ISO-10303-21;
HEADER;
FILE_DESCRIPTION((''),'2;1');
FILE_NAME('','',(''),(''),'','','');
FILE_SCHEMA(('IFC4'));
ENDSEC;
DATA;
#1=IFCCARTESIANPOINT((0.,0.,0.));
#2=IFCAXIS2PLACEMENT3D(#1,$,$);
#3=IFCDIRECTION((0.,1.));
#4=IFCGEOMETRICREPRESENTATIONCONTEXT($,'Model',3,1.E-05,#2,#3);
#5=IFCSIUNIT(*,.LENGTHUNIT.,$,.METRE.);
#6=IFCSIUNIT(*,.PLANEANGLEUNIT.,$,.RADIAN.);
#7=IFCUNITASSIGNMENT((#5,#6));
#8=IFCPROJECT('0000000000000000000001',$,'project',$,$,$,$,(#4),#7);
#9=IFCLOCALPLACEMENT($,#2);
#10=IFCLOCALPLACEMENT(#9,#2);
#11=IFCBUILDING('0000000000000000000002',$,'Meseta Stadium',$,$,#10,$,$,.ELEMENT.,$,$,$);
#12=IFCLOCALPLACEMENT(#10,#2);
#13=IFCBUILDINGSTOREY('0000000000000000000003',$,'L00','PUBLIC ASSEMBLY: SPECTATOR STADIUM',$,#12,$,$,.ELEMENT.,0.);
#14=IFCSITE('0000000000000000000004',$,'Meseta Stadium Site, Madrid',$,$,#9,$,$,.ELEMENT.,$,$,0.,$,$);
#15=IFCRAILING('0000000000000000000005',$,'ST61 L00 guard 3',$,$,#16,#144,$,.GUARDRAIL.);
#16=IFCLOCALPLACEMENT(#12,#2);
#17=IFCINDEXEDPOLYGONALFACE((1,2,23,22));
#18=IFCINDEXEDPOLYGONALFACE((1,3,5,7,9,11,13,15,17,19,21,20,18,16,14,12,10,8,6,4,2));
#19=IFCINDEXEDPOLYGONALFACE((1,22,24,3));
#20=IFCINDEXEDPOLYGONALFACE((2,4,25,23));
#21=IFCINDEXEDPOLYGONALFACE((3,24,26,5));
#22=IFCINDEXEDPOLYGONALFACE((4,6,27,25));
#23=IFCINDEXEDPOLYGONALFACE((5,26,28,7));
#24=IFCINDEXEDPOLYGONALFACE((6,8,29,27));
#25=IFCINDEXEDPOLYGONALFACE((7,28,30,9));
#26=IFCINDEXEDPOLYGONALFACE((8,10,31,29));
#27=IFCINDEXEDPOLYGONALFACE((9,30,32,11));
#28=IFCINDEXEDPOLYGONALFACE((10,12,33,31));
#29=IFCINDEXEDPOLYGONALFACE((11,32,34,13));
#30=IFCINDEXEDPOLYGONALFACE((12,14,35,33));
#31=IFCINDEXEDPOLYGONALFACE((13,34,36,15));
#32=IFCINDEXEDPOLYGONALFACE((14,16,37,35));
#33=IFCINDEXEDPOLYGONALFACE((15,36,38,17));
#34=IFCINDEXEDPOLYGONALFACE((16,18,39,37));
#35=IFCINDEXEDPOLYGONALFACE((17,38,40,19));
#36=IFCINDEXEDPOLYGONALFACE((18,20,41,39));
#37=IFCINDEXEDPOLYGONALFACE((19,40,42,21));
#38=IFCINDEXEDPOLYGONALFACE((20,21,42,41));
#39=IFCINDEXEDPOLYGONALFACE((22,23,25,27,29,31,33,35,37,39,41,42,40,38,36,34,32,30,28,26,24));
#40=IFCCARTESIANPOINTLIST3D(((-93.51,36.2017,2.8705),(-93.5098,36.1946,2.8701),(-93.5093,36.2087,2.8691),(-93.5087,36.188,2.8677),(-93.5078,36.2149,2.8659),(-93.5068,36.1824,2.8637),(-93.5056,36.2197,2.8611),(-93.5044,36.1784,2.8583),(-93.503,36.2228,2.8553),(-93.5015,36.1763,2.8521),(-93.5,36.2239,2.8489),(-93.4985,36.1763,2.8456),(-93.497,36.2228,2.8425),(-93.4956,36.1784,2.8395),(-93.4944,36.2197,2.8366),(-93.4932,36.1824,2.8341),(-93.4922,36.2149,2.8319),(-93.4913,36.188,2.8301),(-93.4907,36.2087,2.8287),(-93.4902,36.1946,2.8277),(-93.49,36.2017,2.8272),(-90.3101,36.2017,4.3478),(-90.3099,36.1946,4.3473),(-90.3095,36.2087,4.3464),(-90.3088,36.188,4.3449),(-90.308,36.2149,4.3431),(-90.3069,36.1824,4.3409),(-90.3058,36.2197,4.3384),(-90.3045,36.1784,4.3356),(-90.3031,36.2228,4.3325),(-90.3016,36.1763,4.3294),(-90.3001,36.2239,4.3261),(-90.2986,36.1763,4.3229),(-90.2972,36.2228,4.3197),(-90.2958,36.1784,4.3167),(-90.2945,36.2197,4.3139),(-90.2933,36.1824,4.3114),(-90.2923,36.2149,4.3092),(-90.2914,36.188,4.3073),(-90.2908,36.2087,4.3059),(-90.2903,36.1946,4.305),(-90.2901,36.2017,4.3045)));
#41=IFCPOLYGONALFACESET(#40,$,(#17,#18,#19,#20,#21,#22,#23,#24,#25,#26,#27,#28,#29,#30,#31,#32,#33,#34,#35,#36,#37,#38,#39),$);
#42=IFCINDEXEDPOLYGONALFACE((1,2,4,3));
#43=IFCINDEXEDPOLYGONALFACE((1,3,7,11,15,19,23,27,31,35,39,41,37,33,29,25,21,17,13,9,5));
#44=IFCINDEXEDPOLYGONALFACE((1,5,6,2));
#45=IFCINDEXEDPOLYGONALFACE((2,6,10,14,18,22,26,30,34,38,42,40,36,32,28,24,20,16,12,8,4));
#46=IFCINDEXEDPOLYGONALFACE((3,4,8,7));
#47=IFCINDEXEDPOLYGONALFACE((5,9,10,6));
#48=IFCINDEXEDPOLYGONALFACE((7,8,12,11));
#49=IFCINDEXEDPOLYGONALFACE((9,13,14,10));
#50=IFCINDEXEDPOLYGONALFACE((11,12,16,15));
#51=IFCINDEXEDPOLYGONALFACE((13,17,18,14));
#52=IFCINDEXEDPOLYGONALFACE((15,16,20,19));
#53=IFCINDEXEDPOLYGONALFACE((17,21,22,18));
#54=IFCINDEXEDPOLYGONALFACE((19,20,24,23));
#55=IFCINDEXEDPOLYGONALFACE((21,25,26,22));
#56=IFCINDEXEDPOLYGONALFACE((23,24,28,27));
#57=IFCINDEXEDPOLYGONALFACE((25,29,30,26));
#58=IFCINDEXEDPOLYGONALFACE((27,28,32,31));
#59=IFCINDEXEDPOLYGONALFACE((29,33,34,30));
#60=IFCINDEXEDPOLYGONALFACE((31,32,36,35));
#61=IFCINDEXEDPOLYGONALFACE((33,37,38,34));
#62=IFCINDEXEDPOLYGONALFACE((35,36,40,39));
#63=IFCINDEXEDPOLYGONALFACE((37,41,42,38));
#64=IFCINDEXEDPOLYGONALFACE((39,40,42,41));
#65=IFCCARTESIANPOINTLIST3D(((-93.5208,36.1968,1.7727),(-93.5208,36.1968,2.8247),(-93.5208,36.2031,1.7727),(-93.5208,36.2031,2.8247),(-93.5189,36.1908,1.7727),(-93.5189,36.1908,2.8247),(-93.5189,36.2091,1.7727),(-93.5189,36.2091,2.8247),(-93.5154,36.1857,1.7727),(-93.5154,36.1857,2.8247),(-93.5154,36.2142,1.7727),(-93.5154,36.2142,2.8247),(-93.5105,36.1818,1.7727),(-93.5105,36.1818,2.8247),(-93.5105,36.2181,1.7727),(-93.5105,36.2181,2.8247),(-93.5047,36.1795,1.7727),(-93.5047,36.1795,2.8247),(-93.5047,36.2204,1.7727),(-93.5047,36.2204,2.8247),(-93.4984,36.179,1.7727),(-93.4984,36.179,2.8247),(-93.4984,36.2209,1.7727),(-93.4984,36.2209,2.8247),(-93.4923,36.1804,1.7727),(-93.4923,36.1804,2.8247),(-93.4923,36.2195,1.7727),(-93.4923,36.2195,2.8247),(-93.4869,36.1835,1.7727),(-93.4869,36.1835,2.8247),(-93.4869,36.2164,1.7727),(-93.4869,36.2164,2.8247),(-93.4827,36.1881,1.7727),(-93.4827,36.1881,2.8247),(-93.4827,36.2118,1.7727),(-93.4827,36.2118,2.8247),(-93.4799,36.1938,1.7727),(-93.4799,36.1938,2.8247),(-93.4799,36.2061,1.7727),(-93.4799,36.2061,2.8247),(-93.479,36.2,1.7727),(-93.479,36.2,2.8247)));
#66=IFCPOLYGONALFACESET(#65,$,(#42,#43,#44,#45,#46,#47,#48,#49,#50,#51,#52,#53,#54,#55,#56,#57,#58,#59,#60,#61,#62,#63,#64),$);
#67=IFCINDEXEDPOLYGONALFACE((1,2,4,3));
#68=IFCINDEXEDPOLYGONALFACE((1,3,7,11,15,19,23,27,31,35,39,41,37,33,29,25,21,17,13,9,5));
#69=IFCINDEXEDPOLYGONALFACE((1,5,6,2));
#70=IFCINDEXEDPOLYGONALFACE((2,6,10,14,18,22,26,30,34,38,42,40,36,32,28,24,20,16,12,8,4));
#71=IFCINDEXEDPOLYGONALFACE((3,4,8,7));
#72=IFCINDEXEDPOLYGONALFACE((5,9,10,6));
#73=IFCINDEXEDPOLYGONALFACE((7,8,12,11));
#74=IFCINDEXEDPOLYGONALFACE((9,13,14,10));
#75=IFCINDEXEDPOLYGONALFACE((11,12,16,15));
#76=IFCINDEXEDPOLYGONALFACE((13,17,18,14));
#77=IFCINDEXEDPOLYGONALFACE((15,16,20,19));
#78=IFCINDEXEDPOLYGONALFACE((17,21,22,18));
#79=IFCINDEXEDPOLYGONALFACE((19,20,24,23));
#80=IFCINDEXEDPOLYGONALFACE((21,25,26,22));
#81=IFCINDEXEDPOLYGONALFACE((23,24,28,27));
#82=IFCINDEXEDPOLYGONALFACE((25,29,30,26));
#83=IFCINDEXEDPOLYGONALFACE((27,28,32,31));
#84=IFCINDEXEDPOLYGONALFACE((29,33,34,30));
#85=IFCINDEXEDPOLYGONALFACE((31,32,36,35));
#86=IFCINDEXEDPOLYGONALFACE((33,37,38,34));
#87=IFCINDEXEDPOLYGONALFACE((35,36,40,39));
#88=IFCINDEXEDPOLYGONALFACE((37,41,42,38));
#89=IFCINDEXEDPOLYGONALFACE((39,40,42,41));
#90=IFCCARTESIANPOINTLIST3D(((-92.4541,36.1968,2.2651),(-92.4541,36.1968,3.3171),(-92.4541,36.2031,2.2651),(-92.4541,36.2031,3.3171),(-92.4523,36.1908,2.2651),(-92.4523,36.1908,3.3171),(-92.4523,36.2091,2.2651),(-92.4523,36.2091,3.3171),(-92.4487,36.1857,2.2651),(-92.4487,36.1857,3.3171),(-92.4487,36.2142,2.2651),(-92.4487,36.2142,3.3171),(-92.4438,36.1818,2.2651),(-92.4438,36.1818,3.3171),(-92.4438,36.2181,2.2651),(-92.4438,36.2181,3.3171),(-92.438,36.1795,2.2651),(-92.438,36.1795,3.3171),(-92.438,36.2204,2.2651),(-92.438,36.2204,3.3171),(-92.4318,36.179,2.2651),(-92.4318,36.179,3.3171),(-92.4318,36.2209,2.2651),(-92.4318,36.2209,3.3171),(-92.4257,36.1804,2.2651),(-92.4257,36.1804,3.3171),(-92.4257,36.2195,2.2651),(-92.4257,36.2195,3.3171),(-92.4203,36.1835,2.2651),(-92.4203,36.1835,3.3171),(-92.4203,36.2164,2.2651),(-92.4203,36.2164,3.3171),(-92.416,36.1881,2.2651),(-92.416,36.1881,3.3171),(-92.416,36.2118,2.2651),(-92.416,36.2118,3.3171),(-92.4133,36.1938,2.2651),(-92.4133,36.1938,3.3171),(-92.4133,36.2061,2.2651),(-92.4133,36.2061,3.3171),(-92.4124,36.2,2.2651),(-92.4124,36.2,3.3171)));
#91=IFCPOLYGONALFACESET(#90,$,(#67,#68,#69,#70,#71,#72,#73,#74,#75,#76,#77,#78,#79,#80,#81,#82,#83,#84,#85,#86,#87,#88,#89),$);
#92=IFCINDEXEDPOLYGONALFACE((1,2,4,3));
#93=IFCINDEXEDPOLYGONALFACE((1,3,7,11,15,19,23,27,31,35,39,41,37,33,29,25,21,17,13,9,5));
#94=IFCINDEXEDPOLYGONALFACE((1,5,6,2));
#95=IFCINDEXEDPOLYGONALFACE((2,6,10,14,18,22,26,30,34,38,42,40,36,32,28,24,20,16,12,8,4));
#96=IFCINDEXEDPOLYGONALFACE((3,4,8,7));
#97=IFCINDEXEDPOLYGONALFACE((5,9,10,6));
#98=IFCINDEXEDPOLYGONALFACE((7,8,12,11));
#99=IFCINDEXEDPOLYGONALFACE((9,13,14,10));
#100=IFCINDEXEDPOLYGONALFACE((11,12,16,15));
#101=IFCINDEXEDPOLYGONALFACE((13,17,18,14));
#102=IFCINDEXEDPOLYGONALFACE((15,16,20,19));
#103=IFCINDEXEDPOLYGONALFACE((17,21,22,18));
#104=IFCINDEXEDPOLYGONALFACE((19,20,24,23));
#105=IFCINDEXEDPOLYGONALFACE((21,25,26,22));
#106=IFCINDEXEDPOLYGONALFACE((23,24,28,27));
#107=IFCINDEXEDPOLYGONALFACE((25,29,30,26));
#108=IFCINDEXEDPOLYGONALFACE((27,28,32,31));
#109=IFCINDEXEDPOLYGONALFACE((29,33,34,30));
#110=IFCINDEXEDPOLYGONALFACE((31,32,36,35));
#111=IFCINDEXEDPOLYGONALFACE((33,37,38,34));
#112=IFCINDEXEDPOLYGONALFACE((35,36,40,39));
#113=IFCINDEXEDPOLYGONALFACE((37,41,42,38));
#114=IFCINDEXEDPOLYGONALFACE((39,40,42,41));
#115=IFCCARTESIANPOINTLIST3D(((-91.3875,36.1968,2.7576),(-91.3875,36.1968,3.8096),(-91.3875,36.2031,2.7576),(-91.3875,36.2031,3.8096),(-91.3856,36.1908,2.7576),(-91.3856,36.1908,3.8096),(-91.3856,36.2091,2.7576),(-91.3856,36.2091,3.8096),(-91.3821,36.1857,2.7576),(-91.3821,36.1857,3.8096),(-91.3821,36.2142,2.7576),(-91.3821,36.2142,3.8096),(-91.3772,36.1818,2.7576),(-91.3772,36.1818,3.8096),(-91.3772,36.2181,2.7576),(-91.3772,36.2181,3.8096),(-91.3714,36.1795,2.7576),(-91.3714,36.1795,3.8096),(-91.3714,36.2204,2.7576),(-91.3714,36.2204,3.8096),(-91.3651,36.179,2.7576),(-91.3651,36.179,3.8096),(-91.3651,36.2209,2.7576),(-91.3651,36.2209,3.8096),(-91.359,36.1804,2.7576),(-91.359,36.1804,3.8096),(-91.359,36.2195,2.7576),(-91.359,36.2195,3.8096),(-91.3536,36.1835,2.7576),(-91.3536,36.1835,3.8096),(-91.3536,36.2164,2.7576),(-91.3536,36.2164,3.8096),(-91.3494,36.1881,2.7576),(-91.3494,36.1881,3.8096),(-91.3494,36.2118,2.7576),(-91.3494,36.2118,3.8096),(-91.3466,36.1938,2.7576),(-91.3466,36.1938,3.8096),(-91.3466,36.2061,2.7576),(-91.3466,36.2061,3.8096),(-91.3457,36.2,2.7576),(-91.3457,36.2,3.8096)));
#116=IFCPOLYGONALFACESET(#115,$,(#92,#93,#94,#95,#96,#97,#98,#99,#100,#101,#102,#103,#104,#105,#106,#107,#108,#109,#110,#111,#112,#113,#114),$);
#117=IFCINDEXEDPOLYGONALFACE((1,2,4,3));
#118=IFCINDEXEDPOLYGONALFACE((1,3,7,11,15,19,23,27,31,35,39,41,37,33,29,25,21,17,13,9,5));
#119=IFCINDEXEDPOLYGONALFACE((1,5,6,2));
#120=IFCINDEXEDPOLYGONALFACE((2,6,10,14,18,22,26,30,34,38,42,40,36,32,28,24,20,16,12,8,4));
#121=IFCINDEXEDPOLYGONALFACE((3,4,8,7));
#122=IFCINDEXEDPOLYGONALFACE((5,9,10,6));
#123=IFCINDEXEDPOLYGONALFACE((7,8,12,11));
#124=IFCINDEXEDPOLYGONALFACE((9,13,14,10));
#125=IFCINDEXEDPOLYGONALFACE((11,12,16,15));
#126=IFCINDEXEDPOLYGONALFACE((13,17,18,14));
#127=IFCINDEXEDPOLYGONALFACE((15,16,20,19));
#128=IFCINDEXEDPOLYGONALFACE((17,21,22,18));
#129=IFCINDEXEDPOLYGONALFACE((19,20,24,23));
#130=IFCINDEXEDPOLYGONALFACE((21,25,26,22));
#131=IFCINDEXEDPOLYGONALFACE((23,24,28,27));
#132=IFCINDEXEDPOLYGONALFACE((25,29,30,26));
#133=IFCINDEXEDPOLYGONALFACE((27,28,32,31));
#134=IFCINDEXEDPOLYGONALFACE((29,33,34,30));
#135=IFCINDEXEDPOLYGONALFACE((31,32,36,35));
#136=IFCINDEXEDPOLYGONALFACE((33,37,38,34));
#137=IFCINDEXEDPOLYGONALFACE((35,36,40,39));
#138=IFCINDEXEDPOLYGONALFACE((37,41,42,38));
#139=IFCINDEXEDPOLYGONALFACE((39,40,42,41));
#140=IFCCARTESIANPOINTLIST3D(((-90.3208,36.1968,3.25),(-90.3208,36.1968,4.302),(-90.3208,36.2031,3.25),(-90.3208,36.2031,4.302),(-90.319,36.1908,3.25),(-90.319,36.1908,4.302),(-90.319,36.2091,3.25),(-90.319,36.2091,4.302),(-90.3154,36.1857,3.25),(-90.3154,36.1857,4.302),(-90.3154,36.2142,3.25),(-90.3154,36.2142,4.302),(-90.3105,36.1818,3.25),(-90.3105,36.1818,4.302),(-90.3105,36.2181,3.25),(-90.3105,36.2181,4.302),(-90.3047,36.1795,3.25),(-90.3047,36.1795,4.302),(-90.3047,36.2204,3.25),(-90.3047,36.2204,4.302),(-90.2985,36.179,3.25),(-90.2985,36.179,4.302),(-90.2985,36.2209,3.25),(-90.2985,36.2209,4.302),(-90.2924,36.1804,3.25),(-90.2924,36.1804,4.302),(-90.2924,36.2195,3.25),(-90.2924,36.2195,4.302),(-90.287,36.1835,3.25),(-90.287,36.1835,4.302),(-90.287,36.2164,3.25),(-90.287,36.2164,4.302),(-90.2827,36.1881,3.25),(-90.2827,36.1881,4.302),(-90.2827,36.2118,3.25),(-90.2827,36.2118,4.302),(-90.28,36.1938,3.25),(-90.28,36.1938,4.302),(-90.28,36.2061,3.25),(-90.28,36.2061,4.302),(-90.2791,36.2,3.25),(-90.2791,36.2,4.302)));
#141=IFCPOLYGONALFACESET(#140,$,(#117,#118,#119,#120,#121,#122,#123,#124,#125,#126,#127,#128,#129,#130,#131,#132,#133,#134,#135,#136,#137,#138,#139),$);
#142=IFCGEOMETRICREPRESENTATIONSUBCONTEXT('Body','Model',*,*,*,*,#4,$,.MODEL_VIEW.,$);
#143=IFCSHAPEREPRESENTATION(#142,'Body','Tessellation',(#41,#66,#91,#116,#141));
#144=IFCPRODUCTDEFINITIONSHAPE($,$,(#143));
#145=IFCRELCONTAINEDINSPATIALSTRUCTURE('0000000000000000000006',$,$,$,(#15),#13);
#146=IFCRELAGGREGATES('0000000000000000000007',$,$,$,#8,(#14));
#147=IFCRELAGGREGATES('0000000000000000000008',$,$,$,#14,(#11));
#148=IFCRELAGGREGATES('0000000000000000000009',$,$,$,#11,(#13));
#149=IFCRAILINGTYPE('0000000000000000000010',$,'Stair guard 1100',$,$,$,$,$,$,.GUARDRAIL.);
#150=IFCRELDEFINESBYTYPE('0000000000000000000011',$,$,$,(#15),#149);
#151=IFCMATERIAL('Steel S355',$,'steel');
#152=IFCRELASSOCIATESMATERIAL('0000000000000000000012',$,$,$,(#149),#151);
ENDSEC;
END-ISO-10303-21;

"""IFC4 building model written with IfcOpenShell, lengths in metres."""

from ifc_helpers import new_model, si_unit, direction, frame, origin, origin_2d, place, context, subcontext, project, spatial, circle, extrude, material, type_object, element, save


model = new_model("IFC4")

# Units and contexts
model_context = context("Model", 3, precision=1e-05, world=origin(), true_north=direction((0.0, 1.0)))
body_context = subcontext(model_context, "Body", "Model", "MODEL_VIEW")
ifc_project = project(units=[si_unit("LENGTHUNIT", "METRE"), si_unit("PLANEANGLEUNIT", "RADIAN")], contexts=[model_context])

# Site, building, storey
site_placement = place(None, origin())
site = spatial("IfcSite", under=ifc_project, at=site_placement, Name="Meseta Stadium Site, Madrid", CompositionType="ELEMENT", RefElevation=0.0)
building_placement = place(site_placement, origin())
building = spatial("IfcBuilding", under=site, at=building_placement, Name="Meseta Stadium", CompositionType="ELEMENT")
storey_placement = place(building_placement, origin())
storey = spatial("IfcBuildingStorey", under=building, at=storey_placement, Name="L00", Description="PUBLIC ASSEMBLY: SPECTATOR STADIUM", CompositionType="ELEMENT", Elevation=0.0)

# Railing
ifc_material_1 = material(Name="Steel S355", Category="steel")
railing_type_1 = type_object("IfcRailingType", Name="Stair guard 1100", PredefinedType="GUARDRAIL", material=ifc_material_1)
railing_1_placement = place(storey_placement, frame((-93.5, 36.2, 1.7727)))
element("IfcRailing", 1, at=railing_1_placement, inside=storey, type_object=railing_type_1, Name="ST61 L00 guard 3", PredefinedType="GUARDRAIL", context=body_context, shape_type="SweptSolid", body=[
    extrude(circle(Radius=0.0239, at=origin_2d()), frame((0.0, 0.0, 1.0762), z_axis=(0.907917, 0.0, 0.41915), x_axis=(0.0, 1.0, 0.0)), (0.0, 0.0, 1.0), 3.5244),
    extrude(circle(Radius=0.021, at=origin_2d()), origin(), (0.0, 0.0, 1.0), 1.052),
    extrude(circle(Radius=0.021, at=origin_2d()), frame((1.0667, 0.0, 0.4924)), (0.0, 0.0, 1.0), 1.052),
    extrude(circle(Radius=0.021, at=origin_2d()), frame((2.1333, 0.0, 0.9849)), (0.0, 0.0, 1.0), 1.052),
    extrude(circle(Radius=0.021, at=origin_2d()), frame((3.2, 0.0, 1.4773)), (0.0, 0.0, 1.0), 1.052),
])

save(model, "model.ifc")
